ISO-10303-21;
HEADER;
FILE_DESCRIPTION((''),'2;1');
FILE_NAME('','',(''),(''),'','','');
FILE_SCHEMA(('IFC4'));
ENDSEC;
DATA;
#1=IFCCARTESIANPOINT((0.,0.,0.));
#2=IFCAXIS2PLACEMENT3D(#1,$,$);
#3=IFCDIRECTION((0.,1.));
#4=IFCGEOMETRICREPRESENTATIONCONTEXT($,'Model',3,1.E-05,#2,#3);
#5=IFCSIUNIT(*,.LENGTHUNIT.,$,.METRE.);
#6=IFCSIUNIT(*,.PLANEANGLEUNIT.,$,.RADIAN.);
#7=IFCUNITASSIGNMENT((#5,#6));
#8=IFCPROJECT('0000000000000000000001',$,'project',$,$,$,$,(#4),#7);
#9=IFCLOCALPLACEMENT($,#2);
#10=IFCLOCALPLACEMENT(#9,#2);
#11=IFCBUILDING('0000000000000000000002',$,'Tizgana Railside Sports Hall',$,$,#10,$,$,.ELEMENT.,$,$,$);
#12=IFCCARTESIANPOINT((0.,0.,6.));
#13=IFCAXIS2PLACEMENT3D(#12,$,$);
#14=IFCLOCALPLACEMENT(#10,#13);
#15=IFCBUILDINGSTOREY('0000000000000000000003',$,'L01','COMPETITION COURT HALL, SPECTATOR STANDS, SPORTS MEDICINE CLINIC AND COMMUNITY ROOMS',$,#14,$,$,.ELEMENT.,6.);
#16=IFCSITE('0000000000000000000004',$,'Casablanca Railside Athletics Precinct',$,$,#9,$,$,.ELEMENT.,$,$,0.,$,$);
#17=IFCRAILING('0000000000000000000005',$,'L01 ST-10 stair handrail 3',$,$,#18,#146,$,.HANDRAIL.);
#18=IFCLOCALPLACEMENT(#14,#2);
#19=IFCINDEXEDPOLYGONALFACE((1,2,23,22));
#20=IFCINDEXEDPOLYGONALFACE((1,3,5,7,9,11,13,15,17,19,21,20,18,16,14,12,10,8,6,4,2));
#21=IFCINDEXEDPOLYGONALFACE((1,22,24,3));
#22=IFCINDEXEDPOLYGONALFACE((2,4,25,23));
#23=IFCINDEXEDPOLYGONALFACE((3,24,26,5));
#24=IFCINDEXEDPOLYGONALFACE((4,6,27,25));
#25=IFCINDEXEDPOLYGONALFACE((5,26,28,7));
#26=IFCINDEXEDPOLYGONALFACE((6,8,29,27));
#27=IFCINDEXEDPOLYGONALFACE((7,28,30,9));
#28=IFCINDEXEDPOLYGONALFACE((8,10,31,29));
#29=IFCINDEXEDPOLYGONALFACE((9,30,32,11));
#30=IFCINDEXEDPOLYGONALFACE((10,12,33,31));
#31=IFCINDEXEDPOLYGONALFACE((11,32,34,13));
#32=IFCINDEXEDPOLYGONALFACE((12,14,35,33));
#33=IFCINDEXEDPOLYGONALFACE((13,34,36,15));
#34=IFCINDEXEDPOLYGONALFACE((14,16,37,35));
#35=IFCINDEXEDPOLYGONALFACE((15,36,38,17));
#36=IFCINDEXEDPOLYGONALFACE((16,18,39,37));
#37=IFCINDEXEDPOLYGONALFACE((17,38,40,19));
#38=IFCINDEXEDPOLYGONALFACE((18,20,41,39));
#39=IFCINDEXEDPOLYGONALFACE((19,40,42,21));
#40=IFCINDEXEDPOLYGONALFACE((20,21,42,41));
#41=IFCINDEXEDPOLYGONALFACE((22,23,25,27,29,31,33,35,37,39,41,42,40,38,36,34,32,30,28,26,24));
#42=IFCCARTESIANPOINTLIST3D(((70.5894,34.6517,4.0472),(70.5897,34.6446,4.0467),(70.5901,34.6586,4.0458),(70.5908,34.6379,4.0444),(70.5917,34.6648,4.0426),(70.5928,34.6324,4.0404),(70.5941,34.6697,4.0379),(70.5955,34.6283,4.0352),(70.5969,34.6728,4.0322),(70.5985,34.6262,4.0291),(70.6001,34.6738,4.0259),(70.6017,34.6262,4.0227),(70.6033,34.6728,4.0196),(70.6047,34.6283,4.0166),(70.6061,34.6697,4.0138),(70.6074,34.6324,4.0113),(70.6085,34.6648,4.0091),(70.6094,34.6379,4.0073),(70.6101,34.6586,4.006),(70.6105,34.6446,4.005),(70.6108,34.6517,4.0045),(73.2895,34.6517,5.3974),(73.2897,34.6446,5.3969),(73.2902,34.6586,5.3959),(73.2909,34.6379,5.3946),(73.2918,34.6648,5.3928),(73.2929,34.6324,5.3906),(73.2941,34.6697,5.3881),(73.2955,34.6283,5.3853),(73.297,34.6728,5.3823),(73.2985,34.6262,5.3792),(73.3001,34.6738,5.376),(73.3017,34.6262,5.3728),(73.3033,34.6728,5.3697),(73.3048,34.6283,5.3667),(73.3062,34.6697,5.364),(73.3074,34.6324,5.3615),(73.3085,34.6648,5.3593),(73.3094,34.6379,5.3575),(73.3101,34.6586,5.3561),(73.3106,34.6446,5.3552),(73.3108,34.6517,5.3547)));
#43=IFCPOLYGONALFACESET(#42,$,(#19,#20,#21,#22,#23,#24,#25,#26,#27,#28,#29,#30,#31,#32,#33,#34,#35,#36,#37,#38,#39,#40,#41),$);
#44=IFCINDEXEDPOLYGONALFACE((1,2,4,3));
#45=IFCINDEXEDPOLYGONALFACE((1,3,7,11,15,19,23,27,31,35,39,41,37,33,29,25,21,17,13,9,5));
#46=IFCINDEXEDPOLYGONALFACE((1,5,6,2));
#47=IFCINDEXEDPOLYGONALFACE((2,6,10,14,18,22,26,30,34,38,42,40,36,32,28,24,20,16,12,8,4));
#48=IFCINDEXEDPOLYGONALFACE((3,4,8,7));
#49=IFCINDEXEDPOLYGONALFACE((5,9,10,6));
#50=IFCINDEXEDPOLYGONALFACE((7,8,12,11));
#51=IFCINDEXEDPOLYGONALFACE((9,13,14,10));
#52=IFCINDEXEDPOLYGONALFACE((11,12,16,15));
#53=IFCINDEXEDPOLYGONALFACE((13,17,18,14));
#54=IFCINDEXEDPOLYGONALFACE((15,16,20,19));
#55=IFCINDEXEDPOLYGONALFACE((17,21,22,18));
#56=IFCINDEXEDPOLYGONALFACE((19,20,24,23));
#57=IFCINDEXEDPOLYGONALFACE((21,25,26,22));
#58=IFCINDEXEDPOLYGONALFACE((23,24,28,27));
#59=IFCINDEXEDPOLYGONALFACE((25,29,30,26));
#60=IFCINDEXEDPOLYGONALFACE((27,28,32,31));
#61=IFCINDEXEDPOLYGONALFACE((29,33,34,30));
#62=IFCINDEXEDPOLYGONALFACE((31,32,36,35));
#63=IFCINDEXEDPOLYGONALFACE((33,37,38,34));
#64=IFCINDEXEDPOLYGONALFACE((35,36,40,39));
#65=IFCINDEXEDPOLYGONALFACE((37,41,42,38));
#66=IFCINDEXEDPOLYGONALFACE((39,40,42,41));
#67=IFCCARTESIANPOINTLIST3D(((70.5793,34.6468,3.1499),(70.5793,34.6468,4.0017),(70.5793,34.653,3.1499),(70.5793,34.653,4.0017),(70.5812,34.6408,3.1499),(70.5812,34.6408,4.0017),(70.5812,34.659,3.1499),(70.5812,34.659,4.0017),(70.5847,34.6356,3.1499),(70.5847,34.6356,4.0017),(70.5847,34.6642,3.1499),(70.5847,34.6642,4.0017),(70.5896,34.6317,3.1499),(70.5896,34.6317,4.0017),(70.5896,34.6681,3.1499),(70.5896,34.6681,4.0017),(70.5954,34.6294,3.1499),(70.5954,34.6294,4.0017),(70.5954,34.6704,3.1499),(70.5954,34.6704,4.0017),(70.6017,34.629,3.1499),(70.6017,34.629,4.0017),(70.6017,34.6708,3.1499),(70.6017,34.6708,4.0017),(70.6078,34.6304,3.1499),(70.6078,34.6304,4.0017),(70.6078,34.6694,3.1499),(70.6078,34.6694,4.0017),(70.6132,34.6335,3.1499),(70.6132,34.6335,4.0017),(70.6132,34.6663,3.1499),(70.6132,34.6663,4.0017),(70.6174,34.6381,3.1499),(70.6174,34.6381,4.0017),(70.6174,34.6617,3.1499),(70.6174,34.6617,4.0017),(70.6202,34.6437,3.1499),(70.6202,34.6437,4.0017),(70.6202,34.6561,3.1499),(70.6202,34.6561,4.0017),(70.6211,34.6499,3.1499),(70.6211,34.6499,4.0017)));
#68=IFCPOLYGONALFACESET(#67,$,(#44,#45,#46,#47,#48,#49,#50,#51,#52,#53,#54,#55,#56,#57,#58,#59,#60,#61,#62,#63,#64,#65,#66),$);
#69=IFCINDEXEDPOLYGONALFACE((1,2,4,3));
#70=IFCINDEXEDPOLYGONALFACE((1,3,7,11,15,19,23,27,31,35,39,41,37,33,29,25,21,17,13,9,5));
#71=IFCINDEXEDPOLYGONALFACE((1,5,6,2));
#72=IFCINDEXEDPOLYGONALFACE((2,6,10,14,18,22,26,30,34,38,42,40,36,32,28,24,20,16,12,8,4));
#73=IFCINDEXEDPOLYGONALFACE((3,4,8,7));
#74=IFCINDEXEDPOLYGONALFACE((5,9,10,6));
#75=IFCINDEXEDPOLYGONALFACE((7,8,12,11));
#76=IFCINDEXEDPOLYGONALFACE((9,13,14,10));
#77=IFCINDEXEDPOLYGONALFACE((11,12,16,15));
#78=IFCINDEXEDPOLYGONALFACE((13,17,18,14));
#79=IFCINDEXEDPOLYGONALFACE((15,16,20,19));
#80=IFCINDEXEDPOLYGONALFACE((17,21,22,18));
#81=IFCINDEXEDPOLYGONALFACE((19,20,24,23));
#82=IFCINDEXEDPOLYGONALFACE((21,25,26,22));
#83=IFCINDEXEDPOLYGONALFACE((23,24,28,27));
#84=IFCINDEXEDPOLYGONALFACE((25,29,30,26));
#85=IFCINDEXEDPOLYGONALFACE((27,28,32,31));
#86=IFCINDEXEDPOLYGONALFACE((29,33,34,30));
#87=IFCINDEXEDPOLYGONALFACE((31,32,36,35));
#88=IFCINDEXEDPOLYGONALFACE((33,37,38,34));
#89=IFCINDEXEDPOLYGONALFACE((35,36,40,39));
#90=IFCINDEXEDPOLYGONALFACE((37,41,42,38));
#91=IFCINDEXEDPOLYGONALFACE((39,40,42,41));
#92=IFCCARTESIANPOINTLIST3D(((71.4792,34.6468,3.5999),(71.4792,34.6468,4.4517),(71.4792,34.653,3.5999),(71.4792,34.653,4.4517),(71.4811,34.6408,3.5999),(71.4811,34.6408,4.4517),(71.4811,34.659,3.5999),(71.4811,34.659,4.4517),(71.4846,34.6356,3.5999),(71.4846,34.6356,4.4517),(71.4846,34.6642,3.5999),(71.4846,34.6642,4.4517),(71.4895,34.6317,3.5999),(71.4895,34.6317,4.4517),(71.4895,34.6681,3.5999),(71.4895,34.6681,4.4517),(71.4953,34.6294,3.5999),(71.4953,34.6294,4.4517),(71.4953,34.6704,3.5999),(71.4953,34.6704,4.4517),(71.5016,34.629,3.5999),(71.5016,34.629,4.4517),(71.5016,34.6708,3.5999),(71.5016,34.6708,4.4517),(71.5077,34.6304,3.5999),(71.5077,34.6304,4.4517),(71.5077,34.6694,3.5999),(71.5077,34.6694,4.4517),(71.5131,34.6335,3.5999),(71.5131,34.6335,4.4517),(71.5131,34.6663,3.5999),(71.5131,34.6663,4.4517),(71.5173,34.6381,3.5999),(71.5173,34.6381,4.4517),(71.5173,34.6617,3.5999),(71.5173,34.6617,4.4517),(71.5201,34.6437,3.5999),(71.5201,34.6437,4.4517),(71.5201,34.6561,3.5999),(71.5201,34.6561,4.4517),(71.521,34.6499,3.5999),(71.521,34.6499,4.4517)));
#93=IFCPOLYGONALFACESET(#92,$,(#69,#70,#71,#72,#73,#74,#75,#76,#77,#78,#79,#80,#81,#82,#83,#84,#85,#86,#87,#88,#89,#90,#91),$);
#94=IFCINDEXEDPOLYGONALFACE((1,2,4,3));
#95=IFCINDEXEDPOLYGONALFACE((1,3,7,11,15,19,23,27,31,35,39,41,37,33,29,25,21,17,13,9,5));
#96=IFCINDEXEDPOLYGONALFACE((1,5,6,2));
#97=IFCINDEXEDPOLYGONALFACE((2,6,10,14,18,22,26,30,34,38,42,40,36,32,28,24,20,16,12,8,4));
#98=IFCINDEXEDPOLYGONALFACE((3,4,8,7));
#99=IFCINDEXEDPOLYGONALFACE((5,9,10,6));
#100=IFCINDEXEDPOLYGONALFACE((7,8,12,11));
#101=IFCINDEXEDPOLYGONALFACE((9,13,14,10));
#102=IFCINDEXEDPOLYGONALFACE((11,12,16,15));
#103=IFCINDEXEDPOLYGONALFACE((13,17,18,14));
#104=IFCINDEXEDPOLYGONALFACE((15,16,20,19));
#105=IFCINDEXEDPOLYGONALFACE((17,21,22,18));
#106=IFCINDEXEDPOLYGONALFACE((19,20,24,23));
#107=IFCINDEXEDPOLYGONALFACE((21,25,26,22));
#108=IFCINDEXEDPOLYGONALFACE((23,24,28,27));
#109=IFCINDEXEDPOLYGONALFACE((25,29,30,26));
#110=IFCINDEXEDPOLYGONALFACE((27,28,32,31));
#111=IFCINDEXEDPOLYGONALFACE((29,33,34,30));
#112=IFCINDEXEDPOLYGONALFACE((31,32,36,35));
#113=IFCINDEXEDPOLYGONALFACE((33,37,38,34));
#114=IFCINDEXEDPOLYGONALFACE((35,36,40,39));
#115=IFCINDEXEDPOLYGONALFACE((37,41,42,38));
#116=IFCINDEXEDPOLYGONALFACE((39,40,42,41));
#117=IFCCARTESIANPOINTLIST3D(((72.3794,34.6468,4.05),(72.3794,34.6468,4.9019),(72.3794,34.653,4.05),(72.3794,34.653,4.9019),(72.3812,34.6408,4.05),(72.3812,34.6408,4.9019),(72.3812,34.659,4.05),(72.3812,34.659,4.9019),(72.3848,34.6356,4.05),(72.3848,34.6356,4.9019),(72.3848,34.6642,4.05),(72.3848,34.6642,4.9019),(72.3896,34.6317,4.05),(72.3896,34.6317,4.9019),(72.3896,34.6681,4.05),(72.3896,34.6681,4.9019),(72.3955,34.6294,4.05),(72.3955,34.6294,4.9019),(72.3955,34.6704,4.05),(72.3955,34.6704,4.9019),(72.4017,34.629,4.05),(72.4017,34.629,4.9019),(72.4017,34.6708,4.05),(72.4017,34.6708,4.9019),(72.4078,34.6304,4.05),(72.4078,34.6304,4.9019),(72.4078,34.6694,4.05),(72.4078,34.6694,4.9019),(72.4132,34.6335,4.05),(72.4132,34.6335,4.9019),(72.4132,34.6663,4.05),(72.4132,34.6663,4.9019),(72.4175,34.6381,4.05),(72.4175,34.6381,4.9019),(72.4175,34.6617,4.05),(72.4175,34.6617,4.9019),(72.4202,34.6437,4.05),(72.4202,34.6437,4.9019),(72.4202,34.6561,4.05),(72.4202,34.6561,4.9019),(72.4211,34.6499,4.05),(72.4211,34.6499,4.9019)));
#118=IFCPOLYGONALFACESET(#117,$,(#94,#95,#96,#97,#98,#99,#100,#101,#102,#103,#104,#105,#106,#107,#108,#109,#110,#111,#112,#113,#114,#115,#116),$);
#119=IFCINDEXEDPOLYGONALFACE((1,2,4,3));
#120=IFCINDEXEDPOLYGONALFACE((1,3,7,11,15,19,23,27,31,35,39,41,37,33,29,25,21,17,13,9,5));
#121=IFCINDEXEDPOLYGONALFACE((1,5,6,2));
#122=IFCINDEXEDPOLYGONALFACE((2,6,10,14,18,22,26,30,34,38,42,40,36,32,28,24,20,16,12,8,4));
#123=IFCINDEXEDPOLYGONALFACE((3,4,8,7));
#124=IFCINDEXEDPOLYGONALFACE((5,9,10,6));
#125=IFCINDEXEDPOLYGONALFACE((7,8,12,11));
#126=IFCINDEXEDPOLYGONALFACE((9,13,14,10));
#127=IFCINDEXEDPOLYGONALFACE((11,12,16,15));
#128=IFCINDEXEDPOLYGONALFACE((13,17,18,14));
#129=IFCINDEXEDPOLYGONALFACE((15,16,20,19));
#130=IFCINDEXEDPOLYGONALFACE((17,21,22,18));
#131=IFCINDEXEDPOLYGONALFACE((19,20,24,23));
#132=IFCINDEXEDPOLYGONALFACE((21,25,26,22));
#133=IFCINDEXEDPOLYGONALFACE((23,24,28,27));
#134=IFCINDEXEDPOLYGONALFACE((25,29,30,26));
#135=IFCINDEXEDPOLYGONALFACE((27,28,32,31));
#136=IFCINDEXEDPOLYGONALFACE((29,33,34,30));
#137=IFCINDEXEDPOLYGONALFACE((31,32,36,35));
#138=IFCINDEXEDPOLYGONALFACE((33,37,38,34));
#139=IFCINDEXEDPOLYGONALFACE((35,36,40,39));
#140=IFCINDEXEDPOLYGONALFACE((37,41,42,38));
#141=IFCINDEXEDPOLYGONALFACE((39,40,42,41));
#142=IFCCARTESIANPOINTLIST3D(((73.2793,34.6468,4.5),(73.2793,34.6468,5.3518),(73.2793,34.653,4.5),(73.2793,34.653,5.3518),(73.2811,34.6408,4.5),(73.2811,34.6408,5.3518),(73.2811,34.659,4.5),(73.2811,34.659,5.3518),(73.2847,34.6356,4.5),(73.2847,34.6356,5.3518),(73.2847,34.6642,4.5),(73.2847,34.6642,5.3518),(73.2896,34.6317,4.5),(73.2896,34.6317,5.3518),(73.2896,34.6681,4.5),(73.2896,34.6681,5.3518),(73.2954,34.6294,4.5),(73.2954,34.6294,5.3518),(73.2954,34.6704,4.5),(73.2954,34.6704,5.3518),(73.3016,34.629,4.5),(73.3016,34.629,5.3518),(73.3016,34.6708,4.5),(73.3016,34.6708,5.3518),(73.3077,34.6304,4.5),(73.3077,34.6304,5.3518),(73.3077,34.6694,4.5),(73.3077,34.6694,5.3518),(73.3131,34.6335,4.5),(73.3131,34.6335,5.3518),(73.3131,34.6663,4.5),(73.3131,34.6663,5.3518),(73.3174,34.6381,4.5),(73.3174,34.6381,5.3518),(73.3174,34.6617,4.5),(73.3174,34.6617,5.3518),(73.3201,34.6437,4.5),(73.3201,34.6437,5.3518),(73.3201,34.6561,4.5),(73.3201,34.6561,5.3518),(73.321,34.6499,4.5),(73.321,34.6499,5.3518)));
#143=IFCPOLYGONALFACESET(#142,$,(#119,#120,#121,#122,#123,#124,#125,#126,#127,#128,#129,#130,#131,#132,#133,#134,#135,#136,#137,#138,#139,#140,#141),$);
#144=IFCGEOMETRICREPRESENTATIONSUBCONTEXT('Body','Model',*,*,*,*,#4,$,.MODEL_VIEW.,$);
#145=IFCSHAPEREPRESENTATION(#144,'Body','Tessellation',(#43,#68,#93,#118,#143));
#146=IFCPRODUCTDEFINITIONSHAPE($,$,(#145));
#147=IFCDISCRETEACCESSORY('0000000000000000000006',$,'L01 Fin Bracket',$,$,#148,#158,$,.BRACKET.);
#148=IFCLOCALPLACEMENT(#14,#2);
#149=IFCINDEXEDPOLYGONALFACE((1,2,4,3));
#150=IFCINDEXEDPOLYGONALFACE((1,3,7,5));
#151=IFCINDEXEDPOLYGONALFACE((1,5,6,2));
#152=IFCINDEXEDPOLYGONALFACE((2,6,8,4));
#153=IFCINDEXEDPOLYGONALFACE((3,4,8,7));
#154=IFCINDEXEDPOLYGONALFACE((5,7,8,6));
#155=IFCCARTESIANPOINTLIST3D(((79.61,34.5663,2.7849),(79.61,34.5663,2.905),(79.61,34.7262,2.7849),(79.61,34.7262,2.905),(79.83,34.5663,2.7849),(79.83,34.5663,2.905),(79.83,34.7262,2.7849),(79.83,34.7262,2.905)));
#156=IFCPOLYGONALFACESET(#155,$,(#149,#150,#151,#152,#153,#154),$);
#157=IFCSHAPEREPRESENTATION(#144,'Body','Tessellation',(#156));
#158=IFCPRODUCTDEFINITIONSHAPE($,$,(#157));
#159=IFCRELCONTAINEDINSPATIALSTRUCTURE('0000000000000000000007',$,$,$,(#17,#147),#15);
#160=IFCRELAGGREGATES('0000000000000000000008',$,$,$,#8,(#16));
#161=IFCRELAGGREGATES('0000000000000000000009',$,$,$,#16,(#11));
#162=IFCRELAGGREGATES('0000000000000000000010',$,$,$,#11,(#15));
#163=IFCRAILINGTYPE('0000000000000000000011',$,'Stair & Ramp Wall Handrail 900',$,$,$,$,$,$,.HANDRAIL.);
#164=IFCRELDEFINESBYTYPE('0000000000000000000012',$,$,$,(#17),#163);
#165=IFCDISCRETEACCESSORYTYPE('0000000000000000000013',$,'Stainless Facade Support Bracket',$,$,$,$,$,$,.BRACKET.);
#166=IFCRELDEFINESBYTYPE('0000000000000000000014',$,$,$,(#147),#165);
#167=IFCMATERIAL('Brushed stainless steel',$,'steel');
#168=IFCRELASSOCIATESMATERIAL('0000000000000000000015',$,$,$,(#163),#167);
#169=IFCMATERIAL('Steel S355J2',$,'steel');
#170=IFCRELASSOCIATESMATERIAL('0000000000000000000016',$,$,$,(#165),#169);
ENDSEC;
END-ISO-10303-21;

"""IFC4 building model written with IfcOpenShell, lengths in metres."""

from ifc_helpers import new_model, si_unit, direction, frame, origin, origin_2d, place, context, subcontext, project, spatial, rectangle, circle, extrude, material, type_object, element, save


model = new_model("IFC4")

# Units and contexts
model_context = context("Model", 3, precision=1e-05, world=origin(), true_north=direction((0.0, 1.0)))
body_context = subcontext(model_context, "Body", "Model", "MODEL_VIEW")
ifc_project = project(units=[si_unit("LENGTHUNIT", "METRE"), si_unit("PLANEANGLEUNIT", "RADIAN")], contexts=[model_context])

# Site, building, storey
site_placement = place(None, origin())
site = spatial("IfcSite", under=ifc_project, at=site_placement, Name="Casablanca Railside Athletics Precinct", CompositionType="ELEMENT", RefElevation=0.0)
building_placement = place(site_placement, origin())
building = spatial("IfcBuilding", under=site, at=building_placement, Name="Tizgana Railside Sports Hall", CompositionType="ELEMENT")
storey_placement = place(building_placement, frame((0.0, 0.0, 6.0)))
storey = spatial("IfcBuildingStorey", under=building, at=storey_placement, Name="L01", Description="COMPETITION COURT HALL, SPECTATOR STANDS, SPORTS MEDICINE CLINIC AND COMMUNITY ROOMS", CompositionType="ELEMENT", Elevation=6.0)

# Shared definitions
ifc_material_1 = material(Name="Steel S355J2", Category="steel")

# Railing
ifc_material_2 = material(Name="Brushed stainless steel", Category="steel")
railing_type_1 = type_object("IfcRailingType", Name="Stair & Ramp Wall Handrail 900", PredefinedType="HANDRAIL", material=ifc_material_2)
for number, where, name in (
    (1, (70.6001, 34.6499, 3.1499), "L01 ST-10 stair handrail 3"),
):
    element("IfcRailing", number, at=place(storey_placement, frame(where)), inside=storey, type_object=railing_type_1, Name=name, PredefinedType="HANDRAIL", context=body_context, shape_type="SweptSolid", body=[
        extrude(circle(Radius=0.0239, at=origin_2d()), frame((0.0, 0.0, 0.876), z_axis=(0.894411, 0.0, 0.447246), x_axis=(0.0, 1.0, 0.0)), (0.0, 0.0, 1.0), 3.0188),
        extrude(circle(Radius=0.021, at=origin_2d()), origin(), (0.0, 0.0, 1.0), 0.8518),
        extrude(circle(Radius=0.021, at=origin_2d()), frame((0.8999, 0.0, 0.45)), (0.0, 0.0, 1.0), 0.8518),
        extrude(circle(Radius=0.021, at=origin_2d()), frame((1.8, 0.0, 0.9001)), (0.0, 0.0, 1.0), 0.8518),
        extrude(circle(Radius=0.021, at=origin_2d()), frame((2.7, 0.0, 1.3501)), (0.0, 0.0, 1.0), 0.8518),
    ])

# Discrete accessory
discrete_accessory_type = type_object("IfcDiscreteAccessoryType", Name="Stainless Facade Support Bracket", PredefinedType="BRACKET", material=ifc_material_1)
discrete_accessory_placement = place(storey_placement, frame((79.72, 34.6462, 2.7849), z_axis=(0.0, 0.0, 1.0), x_axis=(0.0, 1.0, 0.0)))
element("IfcDiscreteAccessory", 2, at=discrete_accessory_placement, inside=storey, type_object=discrete_accessory_type, Name="L01 Fin Bracket", PredefinedType="BRACKET", context=body_context, shape_type="SweptSolid", body=[
    extrude(rectangle(XDim=0.1599, YDim=0.22, at=origin_2d()), origin(), (0.0, 0.0, 1.0), 0.1201),
])

save(model, "model.ifc")
